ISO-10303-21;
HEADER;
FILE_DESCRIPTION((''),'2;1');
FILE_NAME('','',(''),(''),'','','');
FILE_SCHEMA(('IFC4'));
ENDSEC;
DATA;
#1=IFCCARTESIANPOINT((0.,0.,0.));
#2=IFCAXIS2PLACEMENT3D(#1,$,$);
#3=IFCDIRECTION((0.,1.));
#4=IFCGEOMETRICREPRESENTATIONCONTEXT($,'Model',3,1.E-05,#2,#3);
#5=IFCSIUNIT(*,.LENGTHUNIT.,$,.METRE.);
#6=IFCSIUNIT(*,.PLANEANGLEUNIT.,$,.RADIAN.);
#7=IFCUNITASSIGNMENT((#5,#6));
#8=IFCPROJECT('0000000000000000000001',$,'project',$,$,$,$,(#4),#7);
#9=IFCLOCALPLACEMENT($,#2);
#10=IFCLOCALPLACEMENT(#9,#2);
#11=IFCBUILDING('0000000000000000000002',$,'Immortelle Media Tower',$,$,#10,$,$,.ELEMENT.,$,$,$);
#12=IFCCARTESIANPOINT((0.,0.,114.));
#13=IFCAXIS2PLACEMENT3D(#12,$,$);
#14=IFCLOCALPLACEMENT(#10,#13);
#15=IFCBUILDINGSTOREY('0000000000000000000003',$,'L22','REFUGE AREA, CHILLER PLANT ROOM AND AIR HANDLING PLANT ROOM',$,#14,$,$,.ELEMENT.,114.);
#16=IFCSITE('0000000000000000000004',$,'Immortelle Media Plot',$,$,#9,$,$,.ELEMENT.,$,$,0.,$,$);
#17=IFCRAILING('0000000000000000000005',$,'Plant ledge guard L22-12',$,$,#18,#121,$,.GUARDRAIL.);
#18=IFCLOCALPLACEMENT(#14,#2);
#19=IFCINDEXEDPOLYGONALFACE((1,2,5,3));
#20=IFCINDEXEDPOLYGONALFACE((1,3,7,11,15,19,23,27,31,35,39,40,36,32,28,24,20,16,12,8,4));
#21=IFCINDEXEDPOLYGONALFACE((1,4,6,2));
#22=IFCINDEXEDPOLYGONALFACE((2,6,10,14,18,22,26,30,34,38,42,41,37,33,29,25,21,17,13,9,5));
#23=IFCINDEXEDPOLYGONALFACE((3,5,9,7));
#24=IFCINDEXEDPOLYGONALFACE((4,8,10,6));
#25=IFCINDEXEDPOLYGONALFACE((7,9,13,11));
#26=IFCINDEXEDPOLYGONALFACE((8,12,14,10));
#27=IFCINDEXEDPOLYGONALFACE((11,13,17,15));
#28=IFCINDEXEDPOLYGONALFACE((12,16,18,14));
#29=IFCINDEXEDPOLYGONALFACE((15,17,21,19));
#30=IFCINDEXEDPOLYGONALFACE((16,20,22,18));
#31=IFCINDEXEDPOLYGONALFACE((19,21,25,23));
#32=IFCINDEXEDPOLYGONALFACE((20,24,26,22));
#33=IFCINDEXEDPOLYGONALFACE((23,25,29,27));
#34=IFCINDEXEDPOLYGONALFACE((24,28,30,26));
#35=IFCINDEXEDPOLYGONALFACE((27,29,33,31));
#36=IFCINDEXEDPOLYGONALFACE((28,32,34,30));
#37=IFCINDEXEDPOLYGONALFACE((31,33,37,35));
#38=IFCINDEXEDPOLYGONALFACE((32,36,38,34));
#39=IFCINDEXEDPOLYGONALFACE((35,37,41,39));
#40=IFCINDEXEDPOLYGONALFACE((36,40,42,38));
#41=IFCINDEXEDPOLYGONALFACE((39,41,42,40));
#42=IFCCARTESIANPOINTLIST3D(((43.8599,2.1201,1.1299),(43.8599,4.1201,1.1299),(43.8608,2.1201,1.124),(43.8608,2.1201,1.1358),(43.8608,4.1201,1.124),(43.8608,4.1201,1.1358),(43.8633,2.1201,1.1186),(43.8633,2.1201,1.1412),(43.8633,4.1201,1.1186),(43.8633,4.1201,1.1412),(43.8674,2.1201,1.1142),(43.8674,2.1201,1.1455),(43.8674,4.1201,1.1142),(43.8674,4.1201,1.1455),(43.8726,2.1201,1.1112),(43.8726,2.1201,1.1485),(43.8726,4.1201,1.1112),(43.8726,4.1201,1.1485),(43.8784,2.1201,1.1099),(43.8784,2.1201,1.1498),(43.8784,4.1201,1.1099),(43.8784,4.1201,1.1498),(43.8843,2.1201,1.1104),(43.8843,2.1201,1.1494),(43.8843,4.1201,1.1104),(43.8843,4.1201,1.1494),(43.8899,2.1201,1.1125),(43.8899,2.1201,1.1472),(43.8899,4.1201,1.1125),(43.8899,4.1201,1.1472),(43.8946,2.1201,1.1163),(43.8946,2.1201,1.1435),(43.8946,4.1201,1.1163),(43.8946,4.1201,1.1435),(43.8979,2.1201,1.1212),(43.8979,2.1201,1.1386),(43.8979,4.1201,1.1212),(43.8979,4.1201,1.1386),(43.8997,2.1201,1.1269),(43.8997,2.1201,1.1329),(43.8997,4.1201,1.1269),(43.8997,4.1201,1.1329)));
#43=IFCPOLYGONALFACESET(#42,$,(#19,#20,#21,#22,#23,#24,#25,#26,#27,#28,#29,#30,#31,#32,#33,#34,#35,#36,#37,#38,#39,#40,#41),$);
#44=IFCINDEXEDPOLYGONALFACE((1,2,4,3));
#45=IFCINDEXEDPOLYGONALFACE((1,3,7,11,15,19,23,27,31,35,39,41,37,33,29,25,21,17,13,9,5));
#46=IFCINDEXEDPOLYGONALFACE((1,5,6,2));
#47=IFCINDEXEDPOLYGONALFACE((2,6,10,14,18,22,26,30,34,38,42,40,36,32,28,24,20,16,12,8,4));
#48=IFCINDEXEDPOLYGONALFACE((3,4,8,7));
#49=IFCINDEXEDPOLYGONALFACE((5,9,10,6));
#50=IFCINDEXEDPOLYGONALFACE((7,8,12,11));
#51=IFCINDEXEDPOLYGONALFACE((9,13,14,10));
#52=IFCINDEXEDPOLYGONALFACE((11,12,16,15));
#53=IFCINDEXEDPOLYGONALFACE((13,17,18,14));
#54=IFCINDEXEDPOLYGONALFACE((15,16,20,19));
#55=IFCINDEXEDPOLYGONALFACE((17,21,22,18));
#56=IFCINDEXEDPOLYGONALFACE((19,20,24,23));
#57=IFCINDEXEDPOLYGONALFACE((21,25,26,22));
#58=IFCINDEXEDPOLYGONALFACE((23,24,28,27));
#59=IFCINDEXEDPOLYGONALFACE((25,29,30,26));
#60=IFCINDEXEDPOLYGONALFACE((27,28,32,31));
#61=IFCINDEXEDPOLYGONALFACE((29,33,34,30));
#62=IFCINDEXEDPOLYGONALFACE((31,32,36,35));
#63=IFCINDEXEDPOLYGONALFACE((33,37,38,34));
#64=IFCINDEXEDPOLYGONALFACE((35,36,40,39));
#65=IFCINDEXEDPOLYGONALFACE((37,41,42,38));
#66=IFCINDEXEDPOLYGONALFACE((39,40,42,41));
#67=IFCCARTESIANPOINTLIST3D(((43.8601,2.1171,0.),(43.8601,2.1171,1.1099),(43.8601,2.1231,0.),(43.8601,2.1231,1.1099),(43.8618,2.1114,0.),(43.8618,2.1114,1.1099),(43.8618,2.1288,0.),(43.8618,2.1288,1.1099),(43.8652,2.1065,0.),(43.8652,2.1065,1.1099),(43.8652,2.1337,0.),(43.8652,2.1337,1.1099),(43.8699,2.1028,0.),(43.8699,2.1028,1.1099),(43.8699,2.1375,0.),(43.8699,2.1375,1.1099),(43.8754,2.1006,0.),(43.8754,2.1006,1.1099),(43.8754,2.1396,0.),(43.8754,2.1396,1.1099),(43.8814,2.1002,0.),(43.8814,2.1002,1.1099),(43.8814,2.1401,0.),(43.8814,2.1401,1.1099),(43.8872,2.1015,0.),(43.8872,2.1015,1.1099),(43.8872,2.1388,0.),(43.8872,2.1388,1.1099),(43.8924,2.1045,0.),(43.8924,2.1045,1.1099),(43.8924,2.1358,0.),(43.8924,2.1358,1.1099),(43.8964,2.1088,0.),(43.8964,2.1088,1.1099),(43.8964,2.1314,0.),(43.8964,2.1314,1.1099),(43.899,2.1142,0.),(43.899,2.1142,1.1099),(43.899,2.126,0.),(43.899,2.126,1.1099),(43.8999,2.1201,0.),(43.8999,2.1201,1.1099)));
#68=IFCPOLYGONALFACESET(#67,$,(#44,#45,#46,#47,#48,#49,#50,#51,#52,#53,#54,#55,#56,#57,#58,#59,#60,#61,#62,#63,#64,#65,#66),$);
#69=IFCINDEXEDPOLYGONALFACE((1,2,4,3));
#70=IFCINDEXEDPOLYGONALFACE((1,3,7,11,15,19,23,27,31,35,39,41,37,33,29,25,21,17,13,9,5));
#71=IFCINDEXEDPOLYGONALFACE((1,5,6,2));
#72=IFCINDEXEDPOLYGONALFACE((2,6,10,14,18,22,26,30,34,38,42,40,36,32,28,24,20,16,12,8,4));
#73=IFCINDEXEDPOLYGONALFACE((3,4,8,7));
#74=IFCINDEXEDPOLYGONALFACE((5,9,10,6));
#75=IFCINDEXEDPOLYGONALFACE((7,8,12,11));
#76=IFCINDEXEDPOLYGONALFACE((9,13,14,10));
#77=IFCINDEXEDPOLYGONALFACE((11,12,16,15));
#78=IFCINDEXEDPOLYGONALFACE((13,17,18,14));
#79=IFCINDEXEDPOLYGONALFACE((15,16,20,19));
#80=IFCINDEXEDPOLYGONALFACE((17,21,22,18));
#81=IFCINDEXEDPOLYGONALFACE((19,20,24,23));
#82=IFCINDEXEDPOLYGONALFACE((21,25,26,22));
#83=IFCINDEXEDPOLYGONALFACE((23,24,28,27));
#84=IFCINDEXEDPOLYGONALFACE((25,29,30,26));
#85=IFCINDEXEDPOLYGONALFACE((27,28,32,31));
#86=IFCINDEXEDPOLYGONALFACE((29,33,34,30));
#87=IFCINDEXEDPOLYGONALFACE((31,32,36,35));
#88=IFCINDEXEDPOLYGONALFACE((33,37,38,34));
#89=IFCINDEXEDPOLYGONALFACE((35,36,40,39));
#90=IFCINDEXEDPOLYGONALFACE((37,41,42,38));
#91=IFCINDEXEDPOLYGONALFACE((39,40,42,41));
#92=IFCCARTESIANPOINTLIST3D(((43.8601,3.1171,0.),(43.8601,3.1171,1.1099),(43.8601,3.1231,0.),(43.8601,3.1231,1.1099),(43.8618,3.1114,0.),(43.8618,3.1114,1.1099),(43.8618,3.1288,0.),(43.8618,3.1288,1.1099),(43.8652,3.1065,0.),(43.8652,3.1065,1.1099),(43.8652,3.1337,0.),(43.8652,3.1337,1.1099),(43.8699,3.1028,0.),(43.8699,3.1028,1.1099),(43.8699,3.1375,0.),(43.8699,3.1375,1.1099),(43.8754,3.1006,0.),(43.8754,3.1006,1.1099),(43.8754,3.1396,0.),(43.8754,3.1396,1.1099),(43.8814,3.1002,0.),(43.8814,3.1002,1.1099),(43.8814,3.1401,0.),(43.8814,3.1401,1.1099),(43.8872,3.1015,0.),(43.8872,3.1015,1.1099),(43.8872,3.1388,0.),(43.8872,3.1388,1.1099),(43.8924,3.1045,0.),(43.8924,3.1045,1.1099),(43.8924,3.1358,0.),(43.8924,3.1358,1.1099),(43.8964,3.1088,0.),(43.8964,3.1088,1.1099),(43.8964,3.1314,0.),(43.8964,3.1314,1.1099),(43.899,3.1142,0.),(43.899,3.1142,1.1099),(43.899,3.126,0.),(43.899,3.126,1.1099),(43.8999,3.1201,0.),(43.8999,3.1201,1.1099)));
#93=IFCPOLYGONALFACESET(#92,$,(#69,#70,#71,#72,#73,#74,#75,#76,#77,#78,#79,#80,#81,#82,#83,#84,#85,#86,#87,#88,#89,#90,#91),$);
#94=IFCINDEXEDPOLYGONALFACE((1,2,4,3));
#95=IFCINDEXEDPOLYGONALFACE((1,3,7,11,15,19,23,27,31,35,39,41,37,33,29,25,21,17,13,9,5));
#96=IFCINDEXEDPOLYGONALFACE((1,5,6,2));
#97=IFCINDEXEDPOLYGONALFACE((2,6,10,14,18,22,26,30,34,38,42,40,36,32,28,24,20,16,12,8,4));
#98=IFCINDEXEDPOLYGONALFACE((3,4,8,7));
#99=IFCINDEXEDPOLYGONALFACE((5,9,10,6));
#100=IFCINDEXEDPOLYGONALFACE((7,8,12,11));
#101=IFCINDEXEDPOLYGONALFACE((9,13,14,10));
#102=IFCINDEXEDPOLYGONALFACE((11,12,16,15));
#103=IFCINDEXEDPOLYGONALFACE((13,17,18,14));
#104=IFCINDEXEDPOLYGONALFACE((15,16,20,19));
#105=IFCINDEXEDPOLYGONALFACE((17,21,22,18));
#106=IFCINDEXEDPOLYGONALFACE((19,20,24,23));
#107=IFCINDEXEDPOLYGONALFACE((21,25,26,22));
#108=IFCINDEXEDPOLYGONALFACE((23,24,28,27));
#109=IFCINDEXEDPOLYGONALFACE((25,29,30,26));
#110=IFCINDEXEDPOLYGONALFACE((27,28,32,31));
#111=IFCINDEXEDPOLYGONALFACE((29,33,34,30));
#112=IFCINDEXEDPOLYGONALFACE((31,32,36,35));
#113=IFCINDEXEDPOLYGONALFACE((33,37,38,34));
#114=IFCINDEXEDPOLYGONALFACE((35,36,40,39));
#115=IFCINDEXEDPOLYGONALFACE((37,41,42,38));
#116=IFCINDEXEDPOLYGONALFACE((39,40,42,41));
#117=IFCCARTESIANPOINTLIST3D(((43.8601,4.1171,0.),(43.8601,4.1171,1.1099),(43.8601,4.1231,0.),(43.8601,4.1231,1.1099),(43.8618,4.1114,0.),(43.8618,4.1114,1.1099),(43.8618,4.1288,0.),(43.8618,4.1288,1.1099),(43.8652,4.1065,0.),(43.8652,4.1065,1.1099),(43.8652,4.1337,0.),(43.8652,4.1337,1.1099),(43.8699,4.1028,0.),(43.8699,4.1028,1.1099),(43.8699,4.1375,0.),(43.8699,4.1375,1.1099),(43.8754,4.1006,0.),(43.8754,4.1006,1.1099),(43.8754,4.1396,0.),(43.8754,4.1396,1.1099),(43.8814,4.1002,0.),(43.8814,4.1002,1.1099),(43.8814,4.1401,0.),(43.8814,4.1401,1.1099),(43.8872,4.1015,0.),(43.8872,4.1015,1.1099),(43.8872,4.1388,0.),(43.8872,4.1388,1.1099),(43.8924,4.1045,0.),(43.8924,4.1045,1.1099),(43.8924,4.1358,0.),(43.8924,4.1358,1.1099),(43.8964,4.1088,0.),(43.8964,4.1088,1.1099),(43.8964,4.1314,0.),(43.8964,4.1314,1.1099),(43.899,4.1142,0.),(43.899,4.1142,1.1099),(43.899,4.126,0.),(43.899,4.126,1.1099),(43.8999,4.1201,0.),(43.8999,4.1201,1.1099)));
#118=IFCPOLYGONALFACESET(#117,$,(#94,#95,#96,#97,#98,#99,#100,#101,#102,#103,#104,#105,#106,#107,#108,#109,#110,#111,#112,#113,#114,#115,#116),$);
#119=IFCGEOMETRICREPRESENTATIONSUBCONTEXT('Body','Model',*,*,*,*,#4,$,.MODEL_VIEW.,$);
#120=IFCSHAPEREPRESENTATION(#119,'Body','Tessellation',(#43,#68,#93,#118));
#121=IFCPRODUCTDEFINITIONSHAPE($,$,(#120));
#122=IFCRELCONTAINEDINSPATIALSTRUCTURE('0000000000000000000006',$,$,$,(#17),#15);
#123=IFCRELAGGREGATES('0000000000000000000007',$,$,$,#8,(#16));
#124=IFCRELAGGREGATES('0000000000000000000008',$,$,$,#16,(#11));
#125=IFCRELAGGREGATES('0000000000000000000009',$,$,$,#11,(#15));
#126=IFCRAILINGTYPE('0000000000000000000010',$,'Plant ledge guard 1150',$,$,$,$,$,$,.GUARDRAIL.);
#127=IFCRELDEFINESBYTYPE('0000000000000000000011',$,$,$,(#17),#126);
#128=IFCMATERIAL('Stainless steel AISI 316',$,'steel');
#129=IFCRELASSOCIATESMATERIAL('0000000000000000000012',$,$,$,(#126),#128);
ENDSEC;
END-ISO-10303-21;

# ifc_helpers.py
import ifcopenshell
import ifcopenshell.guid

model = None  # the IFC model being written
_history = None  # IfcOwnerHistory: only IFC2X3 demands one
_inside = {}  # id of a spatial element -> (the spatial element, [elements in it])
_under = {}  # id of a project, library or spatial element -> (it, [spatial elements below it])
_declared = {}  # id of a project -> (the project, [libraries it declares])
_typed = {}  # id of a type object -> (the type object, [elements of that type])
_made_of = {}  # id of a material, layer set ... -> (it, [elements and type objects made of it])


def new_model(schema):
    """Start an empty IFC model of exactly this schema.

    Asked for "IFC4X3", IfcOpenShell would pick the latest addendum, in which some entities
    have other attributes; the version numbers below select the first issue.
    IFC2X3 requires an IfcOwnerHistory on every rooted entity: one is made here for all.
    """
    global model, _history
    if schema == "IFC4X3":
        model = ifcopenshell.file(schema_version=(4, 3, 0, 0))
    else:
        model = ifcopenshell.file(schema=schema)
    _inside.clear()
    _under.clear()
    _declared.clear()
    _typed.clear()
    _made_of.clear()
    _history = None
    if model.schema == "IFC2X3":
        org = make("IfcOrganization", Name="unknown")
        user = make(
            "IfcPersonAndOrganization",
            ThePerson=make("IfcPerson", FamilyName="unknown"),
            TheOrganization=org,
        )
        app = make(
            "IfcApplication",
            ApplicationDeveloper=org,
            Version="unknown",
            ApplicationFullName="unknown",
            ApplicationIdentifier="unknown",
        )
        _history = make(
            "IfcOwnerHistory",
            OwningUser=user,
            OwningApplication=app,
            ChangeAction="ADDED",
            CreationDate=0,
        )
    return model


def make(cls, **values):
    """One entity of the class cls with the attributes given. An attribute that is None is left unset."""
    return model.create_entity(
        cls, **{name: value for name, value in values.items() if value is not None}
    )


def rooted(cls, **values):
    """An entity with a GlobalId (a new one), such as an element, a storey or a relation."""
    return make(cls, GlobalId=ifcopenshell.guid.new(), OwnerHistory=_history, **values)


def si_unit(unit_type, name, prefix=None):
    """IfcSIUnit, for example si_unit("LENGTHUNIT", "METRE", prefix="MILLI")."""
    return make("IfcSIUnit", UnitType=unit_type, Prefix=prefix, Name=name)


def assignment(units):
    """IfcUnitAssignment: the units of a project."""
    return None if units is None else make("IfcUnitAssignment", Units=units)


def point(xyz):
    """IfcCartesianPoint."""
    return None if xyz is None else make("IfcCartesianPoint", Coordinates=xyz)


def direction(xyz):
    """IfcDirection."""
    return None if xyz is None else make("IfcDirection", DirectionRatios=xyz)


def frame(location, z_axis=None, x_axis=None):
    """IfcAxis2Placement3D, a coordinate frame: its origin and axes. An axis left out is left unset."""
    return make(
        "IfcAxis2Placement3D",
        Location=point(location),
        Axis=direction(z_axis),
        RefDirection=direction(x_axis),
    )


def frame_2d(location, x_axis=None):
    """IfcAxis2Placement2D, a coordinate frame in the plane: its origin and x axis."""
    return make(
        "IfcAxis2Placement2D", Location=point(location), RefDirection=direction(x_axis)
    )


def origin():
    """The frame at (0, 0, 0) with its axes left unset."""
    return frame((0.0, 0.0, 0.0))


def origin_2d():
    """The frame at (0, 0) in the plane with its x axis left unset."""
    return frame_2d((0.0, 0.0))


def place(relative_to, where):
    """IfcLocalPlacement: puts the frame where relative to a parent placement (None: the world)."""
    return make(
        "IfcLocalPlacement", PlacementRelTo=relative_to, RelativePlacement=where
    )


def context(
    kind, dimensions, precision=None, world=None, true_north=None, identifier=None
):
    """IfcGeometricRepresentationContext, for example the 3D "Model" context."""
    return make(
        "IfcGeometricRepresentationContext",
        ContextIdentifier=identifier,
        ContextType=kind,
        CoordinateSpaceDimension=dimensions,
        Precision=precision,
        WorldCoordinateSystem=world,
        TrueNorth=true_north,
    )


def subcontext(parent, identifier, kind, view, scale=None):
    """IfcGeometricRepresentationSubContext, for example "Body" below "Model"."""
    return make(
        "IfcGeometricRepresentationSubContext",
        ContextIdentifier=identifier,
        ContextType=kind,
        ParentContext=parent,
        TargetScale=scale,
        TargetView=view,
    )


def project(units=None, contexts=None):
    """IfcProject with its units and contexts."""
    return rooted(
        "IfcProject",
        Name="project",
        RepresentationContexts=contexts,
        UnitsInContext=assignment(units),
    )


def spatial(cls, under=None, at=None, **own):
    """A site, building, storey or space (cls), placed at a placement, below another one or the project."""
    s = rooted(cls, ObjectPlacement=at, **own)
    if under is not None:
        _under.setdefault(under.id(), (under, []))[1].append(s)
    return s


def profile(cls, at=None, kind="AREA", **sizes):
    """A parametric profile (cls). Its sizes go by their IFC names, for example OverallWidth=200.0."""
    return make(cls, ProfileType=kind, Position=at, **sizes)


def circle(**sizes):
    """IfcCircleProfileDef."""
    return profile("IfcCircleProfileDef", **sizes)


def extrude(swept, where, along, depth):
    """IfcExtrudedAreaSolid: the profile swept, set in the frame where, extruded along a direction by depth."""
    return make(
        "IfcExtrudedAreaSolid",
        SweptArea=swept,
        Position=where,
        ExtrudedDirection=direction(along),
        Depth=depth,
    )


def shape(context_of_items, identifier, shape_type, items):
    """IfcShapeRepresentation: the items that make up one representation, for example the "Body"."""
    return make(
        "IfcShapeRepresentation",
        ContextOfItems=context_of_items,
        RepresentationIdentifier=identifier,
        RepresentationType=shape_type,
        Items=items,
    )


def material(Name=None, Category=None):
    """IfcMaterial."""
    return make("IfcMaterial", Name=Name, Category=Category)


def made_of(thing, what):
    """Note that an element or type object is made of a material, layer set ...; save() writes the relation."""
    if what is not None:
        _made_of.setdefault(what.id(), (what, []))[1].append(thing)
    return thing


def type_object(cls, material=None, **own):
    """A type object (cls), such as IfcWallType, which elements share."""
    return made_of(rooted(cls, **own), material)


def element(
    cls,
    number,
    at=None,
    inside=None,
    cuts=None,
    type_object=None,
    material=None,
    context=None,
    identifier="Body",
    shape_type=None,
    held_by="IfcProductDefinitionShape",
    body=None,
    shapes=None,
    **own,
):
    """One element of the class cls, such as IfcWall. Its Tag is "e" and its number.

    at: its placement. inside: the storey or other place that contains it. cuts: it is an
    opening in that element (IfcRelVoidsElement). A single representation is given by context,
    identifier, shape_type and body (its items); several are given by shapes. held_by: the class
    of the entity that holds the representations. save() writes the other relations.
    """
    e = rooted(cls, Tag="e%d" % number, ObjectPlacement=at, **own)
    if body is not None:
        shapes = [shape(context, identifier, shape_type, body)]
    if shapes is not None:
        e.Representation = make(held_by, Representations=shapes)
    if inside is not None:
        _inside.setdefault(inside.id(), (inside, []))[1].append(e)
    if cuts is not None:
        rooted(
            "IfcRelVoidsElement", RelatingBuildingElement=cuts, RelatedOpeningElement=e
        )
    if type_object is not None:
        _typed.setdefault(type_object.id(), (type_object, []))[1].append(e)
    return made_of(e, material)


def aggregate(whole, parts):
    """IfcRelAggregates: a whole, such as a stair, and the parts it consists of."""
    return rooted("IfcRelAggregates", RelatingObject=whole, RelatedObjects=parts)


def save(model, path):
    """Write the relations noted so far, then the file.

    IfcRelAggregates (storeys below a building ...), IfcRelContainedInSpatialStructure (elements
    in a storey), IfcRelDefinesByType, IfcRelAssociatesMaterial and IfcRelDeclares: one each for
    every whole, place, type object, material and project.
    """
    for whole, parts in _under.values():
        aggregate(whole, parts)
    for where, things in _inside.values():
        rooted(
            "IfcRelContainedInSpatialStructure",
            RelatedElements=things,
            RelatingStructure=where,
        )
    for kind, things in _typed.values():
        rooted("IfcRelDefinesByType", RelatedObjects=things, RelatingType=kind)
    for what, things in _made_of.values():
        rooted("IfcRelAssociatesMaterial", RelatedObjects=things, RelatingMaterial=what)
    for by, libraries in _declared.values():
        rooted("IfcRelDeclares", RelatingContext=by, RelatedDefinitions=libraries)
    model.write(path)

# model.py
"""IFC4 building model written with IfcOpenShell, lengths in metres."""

from ifc_helpers import new_model, si_unit, direction, frame, origin, origin_2d, place, context, subcontext, project, spatial, circle, extrude, material, type_object, element, save


model = new_model("IFC4")

# Units and contexts
model_context = context("Model", 3, precision=1e-05, world=origin(), true_north=direction((0.0, 1.0)))
body_context = subcontext(model_context, "Body", "Model", "MODEL_VIEW")
ifc_project = project(units=[si_unit("LENGTHUNIT", "METRE"), si_unit("PLANEANGLEUNIT", "RADIAN")], contexts=[model_context])

# Site, building, storey
site_placement = place(None, origin())
site = spatial("IfcSite", under=ifc_project, at=site_placement, Name="Immortelle Media Plot", CompositionType="ELEMENT", RefElevation=0.0)
building_placement = place(site_placement, origin())
building = spatial("IfcBuilding", under=site, at=building_placement, Name="Immortelle Media Tower", CompositionType="ELEMENT")
storey_placement = place(building_placement, frame((0.0, 0.0, 114.0)))
storey = spatial("IfcBuildingStorey", under=building, at=storey_placement, Name="L22", Description="REFUGE AREA, CHILLER PLANT ROOM AND AIR HANDLING PLANT ROOM", CompositionType="ELEMENT", Elevation=114.0)

# Railing
ifc_material_1 = material(Name="Stainless steel AISI 316", Category="steel")
railing_type = type_object("IfcRailingType", Name="Plant ledge guard 1150", PredefinedType="GUARDRAIL", material=ifc_material_1)
railing_1_placement = place(storey_placement, frame((43.8799, 2.1201, 0.0)))
element("IfcRailing", 1, at=railing_1_placement, inside=storey, type_object=railing_type, Name="Plant ledge guard L22-12", PredefinedType="GUARDRAIL", context=body_context, shape_type="SweptSolid", body=[
    extrude(circle(Radius=0.02, at=origin_2d()), frame((0.0, 0.0, 1.1299), z_axis=(0.0, 1.0, 0.0), x_axis=(-1.0, 0.0, 0.0)), (0.0, 0.0, 1.0), 2.0),
    extrude(circle(Radius=0.02, at=origin_2d()), origin(), (0.0, 0.0, 1.0), 1.1099),
    extrude(circle(Radius=0.02, at=origin_2d()), frame((0.0, 1.0, 0.0)), (0.0, 0.0, 1.0), 1.1099),
    extrude(circle(Radius=0.02, at=origin_2d()), frame((0.0, 2.0, 0.0)), (0.0, 0.0, 1.0), 1.1099),
])

save(model, "model.ifc")
